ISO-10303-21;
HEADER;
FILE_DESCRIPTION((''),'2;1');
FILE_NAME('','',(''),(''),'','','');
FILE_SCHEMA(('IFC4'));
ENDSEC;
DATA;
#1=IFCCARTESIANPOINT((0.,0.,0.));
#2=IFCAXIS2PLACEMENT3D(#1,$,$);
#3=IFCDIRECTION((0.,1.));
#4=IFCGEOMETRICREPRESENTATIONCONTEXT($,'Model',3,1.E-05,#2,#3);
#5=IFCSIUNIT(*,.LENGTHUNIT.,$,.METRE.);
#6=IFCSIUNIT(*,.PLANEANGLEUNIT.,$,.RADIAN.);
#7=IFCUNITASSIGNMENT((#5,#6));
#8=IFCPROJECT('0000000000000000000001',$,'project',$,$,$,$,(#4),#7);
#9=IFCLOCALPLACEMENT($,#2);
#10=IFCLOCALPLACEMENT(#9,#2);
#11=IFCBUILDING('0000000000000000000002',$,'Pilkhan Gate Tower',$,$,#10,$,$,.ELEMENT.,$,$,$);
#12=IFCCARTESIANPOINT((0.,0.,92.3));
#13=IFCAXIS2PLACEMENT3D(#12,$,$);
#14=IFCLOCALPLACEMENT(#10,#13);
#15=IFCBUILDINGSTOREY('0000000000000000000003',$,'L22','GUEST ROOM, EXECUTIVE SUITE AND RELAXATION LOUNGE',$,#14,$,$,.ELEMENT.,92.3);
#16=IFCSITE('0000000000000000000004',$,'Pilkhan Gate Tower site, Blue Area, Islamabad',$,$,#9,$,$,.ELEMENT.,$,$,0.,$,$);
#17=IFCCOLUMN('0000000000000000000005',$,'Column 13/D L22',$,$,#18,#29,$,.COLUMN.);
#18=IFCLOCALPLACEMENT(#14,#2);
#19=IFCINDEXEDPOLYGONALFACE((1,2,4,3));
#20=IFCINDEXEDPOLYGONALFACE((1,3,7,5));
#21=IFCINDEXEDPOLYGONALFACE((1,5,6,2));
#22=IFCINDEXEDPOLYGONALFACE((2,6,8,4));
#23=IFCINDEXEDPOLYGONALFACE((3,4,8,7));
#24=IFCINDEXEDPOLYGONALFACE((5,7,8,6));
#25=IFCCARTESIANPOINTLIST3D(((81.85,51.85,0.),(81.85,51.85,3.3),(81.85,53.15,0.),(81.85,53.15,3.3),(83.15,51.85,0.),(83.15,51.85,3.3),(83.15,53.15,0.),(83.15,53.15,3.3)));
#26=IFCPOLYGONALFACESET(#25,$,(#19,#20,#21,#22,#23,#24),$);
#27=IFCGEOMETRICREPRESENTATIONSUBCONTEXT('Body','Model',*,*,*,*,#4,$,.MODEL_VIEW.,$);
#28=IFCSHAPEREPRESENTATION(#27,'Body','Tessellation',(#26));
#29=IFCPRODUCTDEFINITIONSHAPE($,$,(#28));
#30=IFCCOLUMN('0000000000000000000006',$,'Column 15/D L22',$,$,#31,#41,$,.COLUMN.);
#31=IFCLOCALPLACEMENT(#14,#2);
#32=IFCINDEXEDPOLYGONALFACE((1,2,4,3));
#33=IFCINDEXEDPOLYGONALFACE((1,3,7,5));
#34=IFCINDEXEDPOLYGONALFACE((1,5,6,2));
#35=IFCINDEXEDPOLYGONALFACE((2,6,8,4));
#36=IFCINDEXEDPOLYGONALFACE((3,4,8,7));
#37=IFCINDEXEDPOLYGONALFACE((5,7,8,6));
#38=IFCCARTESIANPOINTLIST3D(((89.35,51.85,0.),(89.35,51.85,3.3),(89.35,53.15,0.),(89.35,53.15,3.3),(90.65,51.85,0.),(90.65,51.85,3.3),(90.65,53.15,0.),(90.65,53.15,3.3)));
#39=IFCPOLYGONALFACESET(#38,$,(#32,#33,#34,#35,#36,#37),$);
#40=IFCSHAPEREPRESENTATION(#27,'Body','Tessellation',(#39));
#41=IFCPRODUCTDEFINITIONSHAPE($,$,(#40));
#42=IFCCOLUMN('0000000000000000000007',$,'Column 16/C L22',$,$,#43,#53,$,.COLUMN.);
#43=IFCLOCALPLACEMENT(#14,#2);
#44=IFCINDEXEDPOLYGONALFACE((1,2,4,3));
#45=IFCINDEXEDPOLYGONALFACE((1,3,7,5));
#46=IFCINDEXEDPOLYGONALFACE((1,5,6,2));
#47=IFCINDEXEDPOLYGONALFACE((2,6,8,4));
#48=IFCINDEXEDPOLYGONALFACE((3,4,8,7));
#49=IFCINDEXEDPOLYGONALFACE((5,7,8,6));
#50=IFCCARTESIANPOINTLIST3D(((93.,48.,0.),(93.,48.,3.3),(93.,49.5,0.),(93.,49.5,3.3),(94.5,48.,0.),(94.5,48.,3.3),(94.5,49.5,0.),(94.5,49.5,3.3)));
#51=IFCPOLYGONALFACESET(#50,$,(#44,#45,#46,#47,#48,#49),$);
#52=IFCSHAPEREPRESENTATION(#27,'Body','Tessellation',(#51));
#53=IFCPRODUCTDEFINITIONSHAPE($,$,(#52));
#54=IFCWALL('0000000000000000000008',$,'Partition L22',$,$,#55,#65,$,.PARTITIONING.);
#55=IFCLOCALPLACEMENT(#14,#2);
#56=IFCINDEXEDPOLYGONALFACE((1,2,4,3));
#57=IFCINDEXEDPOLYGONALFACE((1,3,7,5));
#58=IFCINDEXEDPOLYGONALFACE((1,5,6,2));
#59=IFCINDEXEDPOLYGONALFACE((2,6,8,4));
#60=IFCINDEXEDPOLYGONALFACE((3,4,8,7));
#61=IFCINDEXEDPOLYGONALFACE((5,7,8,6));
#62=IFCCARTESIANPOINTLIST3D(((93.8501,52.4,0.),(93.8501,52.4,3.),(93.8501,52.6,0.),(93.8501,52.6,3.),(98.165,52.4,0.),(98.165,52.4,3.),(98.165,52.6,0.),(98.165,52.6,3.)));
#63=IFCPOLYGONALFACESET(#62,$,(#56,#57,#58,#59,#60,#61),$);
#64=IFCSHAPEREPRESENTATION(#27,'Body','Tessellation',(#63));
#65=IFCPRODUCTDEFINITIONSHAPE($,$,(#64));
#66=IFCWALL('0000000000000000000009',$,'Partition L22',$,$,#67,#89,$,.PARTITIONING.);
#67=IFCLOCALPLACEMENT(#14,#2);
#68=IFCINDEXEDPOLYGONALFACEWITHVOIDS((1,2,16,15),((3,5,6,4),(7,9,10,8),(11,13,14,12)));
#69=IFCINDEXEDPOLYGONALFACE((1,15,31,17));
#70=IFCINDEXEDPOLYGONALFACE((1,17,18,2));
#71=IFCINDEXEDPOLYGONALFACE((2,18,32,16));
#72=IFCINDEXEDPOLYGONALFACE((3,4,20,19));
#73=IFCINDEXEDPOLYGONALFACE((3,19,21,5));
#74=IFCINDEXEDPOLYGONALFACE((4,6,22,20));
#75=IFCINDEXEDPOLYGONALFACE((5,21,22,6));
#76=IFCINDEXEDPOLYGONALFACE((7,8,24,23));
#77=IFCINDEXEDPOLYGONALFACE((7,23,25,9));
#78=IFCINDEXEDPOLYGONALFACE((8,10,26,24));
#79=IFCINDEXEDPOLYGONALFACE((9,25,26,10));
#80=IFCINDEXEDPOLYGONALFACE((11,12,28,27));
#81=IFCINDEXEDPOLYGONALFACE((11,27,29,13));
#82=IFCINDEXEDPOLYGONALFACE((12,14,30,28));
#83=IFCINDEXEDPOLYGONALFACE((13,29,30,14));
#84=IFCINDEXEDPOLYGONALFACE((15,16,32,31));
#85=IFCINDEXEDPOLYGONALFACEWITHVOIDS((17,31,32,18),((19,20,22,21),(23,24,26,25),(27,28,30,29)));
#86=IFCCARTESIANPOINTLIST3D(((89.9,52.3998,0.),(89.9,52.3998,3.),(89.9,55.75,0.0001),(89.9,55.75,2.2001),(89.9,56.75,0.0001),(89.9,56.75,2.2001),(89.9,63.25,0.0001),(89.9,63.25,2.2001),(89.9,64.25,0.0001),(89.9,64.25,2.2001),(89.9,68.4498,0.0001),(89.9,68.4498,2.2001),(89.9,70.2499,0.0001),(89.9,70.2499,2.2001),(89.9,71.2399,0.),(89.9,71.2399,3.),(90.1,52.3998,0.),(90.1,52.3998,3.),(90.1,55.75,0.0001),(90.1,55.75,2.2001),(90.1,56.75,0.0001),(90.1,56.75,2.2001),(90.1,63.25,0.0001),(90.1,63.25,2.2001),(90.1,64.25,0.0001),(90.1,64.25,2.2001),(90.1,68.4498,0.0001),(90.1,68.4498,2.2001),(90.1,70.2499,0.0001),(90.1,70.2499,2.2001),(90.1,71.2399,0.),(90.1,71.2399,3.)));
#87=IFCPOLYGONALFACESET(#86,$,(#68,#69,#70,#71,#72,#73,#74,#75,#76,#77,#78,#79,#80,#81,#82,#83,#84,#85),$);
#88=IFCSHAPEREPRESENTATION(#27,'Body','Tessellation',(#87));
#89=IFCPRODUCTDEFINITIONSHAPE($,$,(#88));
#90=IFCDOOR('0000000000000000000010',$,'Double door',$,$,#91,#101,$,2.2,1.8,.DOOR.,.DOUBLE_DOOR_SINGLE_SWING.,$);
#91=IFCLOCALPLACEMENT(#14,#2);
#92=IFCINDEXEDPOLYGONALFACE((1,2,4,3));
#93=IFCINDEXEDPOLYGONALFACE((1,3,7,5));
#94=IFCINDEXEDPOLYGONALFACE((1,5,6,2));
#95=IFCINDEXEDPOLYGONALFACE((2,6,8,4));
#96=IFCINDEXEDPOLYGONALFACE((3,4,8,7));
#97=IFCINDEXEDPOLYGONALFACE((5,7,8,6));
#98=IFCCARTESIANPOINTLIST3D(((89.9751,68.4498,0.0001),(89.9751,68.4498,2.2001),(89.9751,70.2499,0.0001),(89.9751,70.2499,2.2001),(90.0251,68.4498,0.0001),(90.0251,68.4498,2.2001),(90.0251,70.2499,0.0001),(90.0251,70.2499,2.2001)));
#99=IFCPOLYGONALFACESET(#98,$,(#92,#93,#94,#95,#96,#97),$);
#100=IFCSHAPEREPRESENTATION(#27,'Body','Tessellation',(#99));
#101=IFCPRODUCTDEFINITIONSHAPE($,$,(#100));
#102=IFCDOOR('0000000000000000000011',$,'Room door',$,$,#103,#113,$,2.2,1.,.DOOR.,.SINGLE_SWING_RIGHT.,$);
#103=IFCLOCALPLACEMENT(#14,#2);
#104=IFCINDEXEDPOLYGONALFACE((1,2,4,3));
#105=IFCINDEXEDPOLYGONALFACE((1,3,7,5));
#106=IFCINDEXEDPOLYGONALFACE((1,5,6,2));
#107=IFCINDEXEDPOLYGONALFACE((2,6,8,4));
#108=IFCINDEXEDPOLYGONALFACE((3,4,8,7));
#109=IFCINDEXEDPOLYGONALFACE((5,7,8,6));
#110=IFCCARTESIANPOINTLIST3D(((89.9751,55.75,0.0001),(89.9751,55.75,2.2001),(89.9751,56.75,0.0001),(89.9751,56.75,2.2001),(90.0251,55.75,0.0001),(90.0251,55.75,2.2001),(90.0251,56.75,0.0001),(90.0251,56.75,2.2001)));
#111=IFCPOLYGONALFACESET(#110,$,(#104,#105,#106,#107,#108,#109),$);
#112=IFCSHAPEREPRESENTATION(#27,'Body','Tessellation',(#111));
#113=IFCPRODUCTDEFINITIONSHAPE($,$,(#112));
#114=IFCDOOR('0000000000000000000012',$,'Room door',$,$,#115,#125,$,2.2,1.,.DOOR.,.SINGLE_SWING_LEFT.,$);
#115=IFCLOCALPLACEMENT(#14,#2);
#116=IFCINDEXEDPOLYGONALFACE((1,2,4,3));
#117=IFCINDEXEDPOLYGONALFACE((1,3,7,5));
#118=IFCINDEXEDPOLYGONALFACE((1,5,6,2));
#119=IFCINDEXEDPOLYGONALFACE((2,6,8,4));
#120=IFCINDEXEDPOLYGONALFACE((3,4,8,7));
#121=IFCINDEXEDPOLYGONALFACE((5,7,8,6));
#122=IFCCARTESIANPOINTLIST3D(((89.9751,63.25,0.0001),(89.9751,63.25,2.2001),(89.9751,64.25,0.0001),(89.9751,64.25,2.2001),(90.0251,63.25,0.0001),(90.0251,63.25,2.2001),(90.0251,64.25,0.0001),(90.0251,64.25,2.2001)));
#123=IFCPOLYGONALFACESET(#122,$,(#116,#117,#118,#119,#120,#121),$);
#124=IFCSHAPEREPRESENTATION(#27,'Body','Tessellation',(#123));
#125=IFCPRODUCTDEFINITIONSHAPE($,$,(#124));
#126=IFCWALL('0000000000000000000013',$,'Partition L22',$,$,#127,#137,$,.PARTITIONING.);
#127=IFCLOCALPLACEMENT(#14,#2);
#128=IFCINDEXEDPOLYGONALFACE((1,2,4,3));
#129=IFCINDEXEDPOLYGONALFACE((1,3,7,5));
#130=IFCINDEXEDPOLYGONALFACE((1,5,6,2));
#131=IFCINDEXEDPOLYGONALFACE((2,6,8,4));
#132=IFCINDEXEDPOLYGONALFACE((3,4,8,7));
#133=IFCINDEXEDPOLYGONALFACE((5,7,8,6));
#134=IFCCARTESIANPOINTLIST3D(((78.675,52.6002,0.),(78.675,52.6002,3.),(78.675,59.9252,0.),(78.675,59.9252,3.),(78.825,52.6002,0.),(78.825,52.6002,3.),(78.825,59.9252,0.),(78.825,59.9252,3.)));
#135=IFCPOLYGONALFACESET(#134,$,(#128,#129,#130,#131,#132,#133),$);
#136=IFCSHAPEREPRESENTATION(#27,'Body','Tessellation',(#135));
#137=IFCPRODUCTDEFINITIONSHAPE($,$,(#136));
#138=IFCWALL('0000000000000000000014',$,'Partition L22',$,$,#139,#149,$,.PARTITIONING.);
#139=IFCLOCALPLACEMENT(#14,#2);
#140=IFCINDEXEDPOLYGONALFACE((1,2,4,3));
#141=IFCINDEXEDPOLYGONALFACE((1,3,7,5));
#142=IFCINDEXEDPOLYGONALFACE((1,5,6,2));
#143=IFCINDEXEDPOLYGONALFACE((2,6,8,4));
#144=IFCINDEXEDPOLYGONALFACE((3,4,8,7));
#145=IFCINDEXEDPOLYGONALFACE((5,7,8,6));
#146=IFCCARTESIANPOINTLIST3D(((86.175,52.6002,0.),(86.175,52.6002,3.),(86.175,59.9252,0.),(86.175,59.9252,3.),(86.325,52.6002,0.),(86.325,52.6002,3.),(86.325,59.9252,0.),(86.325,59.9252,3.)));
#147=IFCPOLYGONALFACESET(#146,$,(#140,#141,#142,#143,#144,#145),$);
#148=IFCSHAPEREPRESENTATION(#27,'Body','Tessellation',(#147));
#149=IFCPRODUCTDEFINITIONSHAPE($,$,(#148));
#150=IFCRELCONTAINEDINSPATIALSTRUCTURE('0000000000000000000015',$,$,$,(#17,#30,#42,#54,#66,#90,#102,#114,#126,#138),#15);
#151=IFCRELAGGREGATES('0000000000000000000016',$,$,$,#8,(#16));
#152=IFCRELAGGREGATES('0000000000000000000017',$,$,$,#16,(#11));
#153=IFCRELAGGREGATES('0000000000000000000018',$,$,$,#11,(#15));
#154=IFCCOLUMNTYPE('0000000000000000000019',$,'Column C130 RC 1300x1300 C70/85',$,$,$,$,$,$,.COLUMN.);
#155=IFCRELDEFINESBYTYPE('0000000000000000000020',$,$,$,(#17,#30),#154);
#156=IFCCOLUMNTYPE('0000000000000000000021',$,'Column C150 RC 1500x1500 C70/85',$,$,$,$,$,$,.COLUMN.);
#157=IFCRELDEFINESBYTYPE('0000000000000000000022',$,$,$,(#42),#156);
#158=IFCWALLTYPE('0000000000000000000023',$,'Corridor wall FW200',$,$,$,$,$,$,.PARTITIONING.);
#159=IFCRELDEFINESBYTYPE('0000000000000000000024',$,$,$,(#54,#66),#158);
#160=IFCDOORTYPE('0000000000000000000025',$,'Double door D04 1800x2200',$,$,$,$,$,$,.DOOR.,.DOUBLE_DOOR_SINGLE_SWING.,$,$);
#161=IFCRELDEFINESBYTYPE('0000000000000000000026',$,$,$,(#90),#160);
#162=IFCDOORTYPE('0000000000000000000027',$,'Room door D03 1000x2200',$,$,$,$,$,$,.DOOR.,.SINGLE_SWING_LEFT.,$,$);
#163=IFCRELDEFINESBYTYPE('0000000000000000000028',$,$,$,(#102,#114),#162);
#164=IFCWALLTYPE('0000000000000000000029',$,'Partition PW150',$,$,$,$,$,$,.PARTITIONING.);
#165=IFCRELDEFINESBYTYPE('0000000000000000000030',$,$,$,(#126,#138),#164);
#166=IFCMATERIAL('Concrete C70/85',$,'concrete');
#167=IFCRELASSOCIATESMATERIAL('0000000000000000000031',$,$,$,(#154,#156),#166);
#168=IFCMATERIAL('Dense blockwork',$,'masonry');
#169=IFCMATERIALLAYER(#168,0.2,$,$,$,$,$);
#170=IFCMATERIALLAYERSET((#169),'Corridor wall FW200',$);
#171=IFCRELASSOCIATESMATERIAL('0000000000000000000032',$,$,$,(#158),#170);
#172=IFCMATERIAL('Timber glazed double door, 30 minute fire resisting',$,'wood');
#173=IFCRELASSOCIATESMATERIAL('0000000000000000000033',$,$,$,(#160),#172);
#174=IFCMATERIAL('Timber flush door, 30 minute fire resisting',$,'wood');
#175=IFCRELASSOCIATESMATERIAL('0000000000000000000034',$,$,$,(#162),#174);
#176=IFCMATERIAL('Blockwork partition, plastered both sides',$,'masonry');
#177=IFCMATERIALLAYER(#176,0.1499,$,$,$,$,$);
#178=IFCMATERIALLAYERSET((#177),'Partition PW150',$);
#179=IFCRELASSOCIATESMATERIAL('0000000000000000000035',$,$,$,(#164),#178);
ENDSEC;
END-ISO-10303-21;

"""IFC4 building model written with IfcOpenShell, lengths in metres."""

from ifc_helpers import new_model, si_unit, direction, frame, frame_2d, origin, origin_2d, place, context, subcontext, project, spatial, rectangle, extrude, material, layer, layer_set, material_profile, profile_set, type_object, element, fill, save


model = new_model("IFC4")

# Units and contexts
model_context = context("Model", 3, precision=1e-05, world=origin(), true_north=direction((0.0, 1.0)))
body_context = subcontext(model_context, "Body", "Model", "MODEL_VIEW")
ifc_project = project(units=[si_unit("LENGTHUNIT", "METRE"), si_unit("PLANEANGLEUNIT", "RADIAN")], contexts=[model_context])

# Site, building, storey
site_placement = place(None, origin())
site = spatial("IfcSite", under=ifc_project, at=site_placement, Name="Pilkhan Gate Tower site, Blue Area, Islamabad", CompositionType="ELEMENT", RefElevation=0.0)
building_placement = place(site_placement, origin())
building = spatial("IfcBuilding", under=site, at=building_placement, Name="Pilkhan Gate Tower", CompositionType="ELEMENT")
storey_placement = place(building_placement, frame((0.0, 0.0, 92.3)))
storey = spatial("IfcBuildingStorey", under=building, at=storey_placement, Name="L22", Description="GUEST ROOM, EXECUTIVE SUITE AND RELAXATION LOUNGE", CompositionType="ELEMENT", Elevation=92.3)

# Columns
ifc_material_1 = material(Name="Concrete C70/85", Category="concrete")
ifc_material_profile_1 = material_profile(ifc_material_1, rectangle(XDim=1.3, YDim=1.3, at=origin_2d()), Name="RC 1300x1300")
ifc_profile_set_1 = profile_set([ifc_material_profile_1], Name="Concrete C70/85")
column_type_1 = type_object("IfcColumnType", Name="Column C130 RC 1300x1300 C70/85", PredefinedType="COLUMN", material=ifc_profile_set_1)
for number, where, z_axis, x_axis, name in (
    (1, (82.5, 52.5, 0.0), (0.0, 0.0, 1.0), (1.0, 0.0, 0.0), "Column 13/D L22"),
    (2, (90.0, 52.5, 0.0), (0.0, 0.0, 1.0), (1.0, 0.0, 0.0), "Column 15/D L22"),
):
    element("IfcColumn", number, at=place(storey_placement, frame(where, z_axis=z_axis, x_axis=x_axis)), inside=storey, type_object=column_type_1, Name=name, PredefinedType="COLUMN", context=body_context, shape_type="SweptSolid", body=[
        extrude(rectangle(XDim=1.3, YDim=1.3, at=origin_2d()), origin(), (0.0, 0.0, 1.0), 3.3),
    ])
ifc_material_profile_2 = material_profile(ifc_material_1, rectangle(XDim=1.5, YDim=1.5, at=origin_2d()), Name="RC 1500x1500")
ifc_profile_set_2 = profile_set([ifc_material_profile_2], Name="Concrete C70/85")
column_type_2 = type_object("IfcColumnType", Name="Column C150 RC 1500x1500 C70/85", PredefinedType="COLUMN", material=ifc_profile_set_2)
column_placement = place(storey_placement, frame((93.75, 48.75, 0.0), z_axis=(0.0, 0.0, 1.0), x_axis=(1.0, 0.0, 0.0)))
element("IfcColumn", 3, at=column_placement, inside=storey, type_object=column_type_2, Name="Column 16/C L22", PredefinedType="COLUMN", context=body_context, shape_type="SweptSolid", body=[
    extrude(rectangle(XDim=1.5, YDim=1.5, at=origin_2d()), origin(), (0.0, 0.0, 1.0), 3.3),
])

# Wall
ifc_material_2 = material(Name="Dense blockwork", Category="masonry")
ifc_layer_1 = layer(ifc_material_2, 0.2)
ifc_layer_set_1 = layer_set([ifc_layer_1], Name="Corridor wall FW200")
wall_type_1 = type_object("IfcWallType", Name="Corridor wall FW200", PredefinedType="PARTITIONING", material=ifc_layer_set_1)
wall_1_placement = place(storey_placement, frame((93.8501, 52.5, 0.0), z_axis=(0.0, 0.0, 1.0), x_axis=(1.0, 0.0, 0.0)))
element("IfcWall", 4, at=wall_1_placement, inside=storey, type_object=wall_type_1, Name="Partition L22", PredefinedType="PARTITIONING", context=body_context, shape_type="SweptSolid", body=[
    extrude(rectangle(XDim=4.3149, YDim=0.2, at=frame_2d((2.1575, 0.0))), origin(), (0.0, 0.0, 1.0), 3.0),
])

# Wall, openings, doors
wall_2_placement = place(storey_placement, frame((90.0, 52.3999, 0.0), z_axis=(0.0, 0.0, 1.0), x_axis=(0.0, 1.0, 0.0)))
wall_2 = element("IfcWall", 5, at=wall_2_placement, inside=storey, type_object=wall_type_1, Name="Partition L22", PredefinedType="PARTITIONING", context=body_context, shape_type="SweptSolid", body=[
    extrude(rectangle(XDim=18.8401, YDim=0.2, at=frame_2d((9.4199, 0.0))), origin(), (0.0, 0.0, 1.0), 3.0),
])
opening_1_placement = place(wall_2_placement, frame((3.3501, 0.0, 0.0)))
opening_1 = element("IfcOpeningElement", 6, at=opening_1_placement, cuts=wall_2, PredefinedType="OPENING", context=body_context, shape_type="SweptSolid", body=[
    extrude(rectangle(XDim=1.0, YDim=2.2, at=frame_2d((0.5, 1.1001))), frame((0.0, 0.1099, 0.0), z_axis=(0.0, -1.0, 0.0), x_axis=(1.0, 0.0, 0.0)), (0.0, 0.0, 1.0), 0.22),
])
opening_2_placement = place(wall_2_placement, frame((10.8501, 0.0, 0.0)))
opening_2 = element("IfcOpeningElement", 7, at=opening_2_placement, cuts=wall_2, PredefinedType="OPENING", context=body_context, shape_type="SweptSolid", body=[
    extrude(rectangle(XDim=1.0, YDim=2.2, at=frame_2d((0.5, 1.1001))), frame((0.0, 0.1099, 0.0), z_axis=(0.0, -1.0, 0.0), x_axis=(1.0, 0.0, 0.0)), (0.0, 0.0, 1.0), 0.22),
])
opening_3_placement = place(wall_2_placement, frame((16.05, 0.0, 0.0)))
opening_3 = element("IfcOpeningElement", 8, at=opening_3_placement, cuts=wall_2, PredefinedType="OPENING", context=body_context, shape_type="SweptSolid", body=[
    extrude(rectangle(XDim=1.8, YDim=2.2, at=frame_2d((0.8999, 1.1001))), frame((0.0, 0.1099, 0.0), z_axis=(0.0, -1.0, 0.0), x_axis=(1.0, 0.0, 0.0)), (0.0, 0.0, 1.0), 0.22),
])
ifc_material_3 = material(Name="Timber glazed double door, 30 minute fire resisting", Category="wood")
door_type_1 = type_object("IfcDoorType", Name="Double door D04 1800x2200", OperationType="DOUBLE_DOOR_SINGLE_SWING", PredefinedType="DOOR", material=ifc_material_3)
door_1_placement = place(opening_3_placement, origin())
door_1 = element("IfcDoor", 9, at=door_1_placement, inside=storey, type_object=door_type_1, Name="Double door", OperationType="DOUBLE_DOOR_SINGLE_SWING", OverallHeight=2.2, OverallWidth=1.8, PredefinedType="DOOR", context=body_context, shape_type="SweptSolid", body=[
    extrude(rectangle(XDim=1.8, YDim=2.2, at=frame_2d((0.8999, 1.1001))), frame((0.0, 0.0249, 0.0), z_axis=(0.0, -1.0, 0.0), x_axis=(1.0, 0.0, 0.0)), (0.0, 0.0, 1.0), 0.05),
])
fill(opening_3, door_1)
ifc_material_4 = material(Name="Timber flush door, 30 minute fire resisting", Category="wood")
door_type_2 = type_object("IfcDoorType", Name="Room door D03 1000x2200", OperationType="SINGLE_SWING_LEFT", PredefinedType="DOOR", material=ifc_material_4)
door_2_placement = place(opening_1_placement, origin())
door_2 = element("IfcDoor", 10, at=door_2_placement, inside=storey, type_object=door_type_2, Name="Room door", OperationType="SINGLE_SWING_RIGHT", OverallHeight=2.2, OverallWidth=1.0, PredefinedType="DOOR", context=body_context, shape_type="SweptSolid", body=[
    extrude(rectangle(XDim=1.0, YDim=2.2, at=frame_2d((0.5, 1.1001))), frame((0.0, 0.0249, 0.0), z_axis=(0.0, -1.0, 0.0), x_axis=(1.0, 0.0, 0.0)), (0.0, 0.0, 1.0), 0.05),
])
fill(opening_1, door_2)
door_3_placement = place(opening_2_placement, origin())
door_3 = element("IfcDoor", 11, at=door_3_placement, inside=storey, type_object=door_type_2, Name="Room door", OperationType="SINGLE_SWING_LEFT", OverallHeight=2.2, OverallWidth=1.0, PredefinedType="DOOR", context=body_context, shape_type="SweptSolid", body=[
    extrude(rectangle(XDim=1.0, YDim=2.2, at=frame_2d((0.5, 1.1001))), frame((0.0, 0.0249, 0.0), z_axis=(0.0, -1.0, 0.0), x_axis=(1.0, 0.0, 0.0)), (0.0, 0.0, 1.0), 0.05),
])
fill(opening_2, door_3)

# Walls
ifc_material_5 = material(Name="Blockwork partition, plastered both sides", Category="masonry")
ifc_layer_2 = layer(ifc_material_5, 0.1499)
ifc_layer_set_2 = layer_set([ifc_layer_2], Name="Partition PW150")
wall_type_2 = type_object("IfcWallType", Name="Partition PW150", PredefinedType="PARTITIONING", material=ifc_layer_set_2)
for number, where, z_axis, x_axis, name in (
    (12, (78.75, 52.6001, 0.0), (0.0, 0.0, 1.0), (0.0, 1.0, 0.0), "Partition L22"),
    (13, (86.25, 52.6001, 0.0), (0.0, 0.0, 1.0), (0.0, 1.0, 0.0), "Partition L22"),
):
    element("IfcWall", number, at=place(storey_placement, frame(where, z_axis=z_axis, x_axis=x_axis)), inside=storey, type_object=wall_type_2, Name=name, PredefinedType="PARTITIONING", context=body_context, shape_type="SweptSolid", body=[
        extrude(rectangle(XDim=7.325, YDim=0.1499, at=frame_2d((3.6626, 0.0))), origin(), (0.0, 0.0, 1.0), 3.0),
    ])

save(model, "model.ifc")
